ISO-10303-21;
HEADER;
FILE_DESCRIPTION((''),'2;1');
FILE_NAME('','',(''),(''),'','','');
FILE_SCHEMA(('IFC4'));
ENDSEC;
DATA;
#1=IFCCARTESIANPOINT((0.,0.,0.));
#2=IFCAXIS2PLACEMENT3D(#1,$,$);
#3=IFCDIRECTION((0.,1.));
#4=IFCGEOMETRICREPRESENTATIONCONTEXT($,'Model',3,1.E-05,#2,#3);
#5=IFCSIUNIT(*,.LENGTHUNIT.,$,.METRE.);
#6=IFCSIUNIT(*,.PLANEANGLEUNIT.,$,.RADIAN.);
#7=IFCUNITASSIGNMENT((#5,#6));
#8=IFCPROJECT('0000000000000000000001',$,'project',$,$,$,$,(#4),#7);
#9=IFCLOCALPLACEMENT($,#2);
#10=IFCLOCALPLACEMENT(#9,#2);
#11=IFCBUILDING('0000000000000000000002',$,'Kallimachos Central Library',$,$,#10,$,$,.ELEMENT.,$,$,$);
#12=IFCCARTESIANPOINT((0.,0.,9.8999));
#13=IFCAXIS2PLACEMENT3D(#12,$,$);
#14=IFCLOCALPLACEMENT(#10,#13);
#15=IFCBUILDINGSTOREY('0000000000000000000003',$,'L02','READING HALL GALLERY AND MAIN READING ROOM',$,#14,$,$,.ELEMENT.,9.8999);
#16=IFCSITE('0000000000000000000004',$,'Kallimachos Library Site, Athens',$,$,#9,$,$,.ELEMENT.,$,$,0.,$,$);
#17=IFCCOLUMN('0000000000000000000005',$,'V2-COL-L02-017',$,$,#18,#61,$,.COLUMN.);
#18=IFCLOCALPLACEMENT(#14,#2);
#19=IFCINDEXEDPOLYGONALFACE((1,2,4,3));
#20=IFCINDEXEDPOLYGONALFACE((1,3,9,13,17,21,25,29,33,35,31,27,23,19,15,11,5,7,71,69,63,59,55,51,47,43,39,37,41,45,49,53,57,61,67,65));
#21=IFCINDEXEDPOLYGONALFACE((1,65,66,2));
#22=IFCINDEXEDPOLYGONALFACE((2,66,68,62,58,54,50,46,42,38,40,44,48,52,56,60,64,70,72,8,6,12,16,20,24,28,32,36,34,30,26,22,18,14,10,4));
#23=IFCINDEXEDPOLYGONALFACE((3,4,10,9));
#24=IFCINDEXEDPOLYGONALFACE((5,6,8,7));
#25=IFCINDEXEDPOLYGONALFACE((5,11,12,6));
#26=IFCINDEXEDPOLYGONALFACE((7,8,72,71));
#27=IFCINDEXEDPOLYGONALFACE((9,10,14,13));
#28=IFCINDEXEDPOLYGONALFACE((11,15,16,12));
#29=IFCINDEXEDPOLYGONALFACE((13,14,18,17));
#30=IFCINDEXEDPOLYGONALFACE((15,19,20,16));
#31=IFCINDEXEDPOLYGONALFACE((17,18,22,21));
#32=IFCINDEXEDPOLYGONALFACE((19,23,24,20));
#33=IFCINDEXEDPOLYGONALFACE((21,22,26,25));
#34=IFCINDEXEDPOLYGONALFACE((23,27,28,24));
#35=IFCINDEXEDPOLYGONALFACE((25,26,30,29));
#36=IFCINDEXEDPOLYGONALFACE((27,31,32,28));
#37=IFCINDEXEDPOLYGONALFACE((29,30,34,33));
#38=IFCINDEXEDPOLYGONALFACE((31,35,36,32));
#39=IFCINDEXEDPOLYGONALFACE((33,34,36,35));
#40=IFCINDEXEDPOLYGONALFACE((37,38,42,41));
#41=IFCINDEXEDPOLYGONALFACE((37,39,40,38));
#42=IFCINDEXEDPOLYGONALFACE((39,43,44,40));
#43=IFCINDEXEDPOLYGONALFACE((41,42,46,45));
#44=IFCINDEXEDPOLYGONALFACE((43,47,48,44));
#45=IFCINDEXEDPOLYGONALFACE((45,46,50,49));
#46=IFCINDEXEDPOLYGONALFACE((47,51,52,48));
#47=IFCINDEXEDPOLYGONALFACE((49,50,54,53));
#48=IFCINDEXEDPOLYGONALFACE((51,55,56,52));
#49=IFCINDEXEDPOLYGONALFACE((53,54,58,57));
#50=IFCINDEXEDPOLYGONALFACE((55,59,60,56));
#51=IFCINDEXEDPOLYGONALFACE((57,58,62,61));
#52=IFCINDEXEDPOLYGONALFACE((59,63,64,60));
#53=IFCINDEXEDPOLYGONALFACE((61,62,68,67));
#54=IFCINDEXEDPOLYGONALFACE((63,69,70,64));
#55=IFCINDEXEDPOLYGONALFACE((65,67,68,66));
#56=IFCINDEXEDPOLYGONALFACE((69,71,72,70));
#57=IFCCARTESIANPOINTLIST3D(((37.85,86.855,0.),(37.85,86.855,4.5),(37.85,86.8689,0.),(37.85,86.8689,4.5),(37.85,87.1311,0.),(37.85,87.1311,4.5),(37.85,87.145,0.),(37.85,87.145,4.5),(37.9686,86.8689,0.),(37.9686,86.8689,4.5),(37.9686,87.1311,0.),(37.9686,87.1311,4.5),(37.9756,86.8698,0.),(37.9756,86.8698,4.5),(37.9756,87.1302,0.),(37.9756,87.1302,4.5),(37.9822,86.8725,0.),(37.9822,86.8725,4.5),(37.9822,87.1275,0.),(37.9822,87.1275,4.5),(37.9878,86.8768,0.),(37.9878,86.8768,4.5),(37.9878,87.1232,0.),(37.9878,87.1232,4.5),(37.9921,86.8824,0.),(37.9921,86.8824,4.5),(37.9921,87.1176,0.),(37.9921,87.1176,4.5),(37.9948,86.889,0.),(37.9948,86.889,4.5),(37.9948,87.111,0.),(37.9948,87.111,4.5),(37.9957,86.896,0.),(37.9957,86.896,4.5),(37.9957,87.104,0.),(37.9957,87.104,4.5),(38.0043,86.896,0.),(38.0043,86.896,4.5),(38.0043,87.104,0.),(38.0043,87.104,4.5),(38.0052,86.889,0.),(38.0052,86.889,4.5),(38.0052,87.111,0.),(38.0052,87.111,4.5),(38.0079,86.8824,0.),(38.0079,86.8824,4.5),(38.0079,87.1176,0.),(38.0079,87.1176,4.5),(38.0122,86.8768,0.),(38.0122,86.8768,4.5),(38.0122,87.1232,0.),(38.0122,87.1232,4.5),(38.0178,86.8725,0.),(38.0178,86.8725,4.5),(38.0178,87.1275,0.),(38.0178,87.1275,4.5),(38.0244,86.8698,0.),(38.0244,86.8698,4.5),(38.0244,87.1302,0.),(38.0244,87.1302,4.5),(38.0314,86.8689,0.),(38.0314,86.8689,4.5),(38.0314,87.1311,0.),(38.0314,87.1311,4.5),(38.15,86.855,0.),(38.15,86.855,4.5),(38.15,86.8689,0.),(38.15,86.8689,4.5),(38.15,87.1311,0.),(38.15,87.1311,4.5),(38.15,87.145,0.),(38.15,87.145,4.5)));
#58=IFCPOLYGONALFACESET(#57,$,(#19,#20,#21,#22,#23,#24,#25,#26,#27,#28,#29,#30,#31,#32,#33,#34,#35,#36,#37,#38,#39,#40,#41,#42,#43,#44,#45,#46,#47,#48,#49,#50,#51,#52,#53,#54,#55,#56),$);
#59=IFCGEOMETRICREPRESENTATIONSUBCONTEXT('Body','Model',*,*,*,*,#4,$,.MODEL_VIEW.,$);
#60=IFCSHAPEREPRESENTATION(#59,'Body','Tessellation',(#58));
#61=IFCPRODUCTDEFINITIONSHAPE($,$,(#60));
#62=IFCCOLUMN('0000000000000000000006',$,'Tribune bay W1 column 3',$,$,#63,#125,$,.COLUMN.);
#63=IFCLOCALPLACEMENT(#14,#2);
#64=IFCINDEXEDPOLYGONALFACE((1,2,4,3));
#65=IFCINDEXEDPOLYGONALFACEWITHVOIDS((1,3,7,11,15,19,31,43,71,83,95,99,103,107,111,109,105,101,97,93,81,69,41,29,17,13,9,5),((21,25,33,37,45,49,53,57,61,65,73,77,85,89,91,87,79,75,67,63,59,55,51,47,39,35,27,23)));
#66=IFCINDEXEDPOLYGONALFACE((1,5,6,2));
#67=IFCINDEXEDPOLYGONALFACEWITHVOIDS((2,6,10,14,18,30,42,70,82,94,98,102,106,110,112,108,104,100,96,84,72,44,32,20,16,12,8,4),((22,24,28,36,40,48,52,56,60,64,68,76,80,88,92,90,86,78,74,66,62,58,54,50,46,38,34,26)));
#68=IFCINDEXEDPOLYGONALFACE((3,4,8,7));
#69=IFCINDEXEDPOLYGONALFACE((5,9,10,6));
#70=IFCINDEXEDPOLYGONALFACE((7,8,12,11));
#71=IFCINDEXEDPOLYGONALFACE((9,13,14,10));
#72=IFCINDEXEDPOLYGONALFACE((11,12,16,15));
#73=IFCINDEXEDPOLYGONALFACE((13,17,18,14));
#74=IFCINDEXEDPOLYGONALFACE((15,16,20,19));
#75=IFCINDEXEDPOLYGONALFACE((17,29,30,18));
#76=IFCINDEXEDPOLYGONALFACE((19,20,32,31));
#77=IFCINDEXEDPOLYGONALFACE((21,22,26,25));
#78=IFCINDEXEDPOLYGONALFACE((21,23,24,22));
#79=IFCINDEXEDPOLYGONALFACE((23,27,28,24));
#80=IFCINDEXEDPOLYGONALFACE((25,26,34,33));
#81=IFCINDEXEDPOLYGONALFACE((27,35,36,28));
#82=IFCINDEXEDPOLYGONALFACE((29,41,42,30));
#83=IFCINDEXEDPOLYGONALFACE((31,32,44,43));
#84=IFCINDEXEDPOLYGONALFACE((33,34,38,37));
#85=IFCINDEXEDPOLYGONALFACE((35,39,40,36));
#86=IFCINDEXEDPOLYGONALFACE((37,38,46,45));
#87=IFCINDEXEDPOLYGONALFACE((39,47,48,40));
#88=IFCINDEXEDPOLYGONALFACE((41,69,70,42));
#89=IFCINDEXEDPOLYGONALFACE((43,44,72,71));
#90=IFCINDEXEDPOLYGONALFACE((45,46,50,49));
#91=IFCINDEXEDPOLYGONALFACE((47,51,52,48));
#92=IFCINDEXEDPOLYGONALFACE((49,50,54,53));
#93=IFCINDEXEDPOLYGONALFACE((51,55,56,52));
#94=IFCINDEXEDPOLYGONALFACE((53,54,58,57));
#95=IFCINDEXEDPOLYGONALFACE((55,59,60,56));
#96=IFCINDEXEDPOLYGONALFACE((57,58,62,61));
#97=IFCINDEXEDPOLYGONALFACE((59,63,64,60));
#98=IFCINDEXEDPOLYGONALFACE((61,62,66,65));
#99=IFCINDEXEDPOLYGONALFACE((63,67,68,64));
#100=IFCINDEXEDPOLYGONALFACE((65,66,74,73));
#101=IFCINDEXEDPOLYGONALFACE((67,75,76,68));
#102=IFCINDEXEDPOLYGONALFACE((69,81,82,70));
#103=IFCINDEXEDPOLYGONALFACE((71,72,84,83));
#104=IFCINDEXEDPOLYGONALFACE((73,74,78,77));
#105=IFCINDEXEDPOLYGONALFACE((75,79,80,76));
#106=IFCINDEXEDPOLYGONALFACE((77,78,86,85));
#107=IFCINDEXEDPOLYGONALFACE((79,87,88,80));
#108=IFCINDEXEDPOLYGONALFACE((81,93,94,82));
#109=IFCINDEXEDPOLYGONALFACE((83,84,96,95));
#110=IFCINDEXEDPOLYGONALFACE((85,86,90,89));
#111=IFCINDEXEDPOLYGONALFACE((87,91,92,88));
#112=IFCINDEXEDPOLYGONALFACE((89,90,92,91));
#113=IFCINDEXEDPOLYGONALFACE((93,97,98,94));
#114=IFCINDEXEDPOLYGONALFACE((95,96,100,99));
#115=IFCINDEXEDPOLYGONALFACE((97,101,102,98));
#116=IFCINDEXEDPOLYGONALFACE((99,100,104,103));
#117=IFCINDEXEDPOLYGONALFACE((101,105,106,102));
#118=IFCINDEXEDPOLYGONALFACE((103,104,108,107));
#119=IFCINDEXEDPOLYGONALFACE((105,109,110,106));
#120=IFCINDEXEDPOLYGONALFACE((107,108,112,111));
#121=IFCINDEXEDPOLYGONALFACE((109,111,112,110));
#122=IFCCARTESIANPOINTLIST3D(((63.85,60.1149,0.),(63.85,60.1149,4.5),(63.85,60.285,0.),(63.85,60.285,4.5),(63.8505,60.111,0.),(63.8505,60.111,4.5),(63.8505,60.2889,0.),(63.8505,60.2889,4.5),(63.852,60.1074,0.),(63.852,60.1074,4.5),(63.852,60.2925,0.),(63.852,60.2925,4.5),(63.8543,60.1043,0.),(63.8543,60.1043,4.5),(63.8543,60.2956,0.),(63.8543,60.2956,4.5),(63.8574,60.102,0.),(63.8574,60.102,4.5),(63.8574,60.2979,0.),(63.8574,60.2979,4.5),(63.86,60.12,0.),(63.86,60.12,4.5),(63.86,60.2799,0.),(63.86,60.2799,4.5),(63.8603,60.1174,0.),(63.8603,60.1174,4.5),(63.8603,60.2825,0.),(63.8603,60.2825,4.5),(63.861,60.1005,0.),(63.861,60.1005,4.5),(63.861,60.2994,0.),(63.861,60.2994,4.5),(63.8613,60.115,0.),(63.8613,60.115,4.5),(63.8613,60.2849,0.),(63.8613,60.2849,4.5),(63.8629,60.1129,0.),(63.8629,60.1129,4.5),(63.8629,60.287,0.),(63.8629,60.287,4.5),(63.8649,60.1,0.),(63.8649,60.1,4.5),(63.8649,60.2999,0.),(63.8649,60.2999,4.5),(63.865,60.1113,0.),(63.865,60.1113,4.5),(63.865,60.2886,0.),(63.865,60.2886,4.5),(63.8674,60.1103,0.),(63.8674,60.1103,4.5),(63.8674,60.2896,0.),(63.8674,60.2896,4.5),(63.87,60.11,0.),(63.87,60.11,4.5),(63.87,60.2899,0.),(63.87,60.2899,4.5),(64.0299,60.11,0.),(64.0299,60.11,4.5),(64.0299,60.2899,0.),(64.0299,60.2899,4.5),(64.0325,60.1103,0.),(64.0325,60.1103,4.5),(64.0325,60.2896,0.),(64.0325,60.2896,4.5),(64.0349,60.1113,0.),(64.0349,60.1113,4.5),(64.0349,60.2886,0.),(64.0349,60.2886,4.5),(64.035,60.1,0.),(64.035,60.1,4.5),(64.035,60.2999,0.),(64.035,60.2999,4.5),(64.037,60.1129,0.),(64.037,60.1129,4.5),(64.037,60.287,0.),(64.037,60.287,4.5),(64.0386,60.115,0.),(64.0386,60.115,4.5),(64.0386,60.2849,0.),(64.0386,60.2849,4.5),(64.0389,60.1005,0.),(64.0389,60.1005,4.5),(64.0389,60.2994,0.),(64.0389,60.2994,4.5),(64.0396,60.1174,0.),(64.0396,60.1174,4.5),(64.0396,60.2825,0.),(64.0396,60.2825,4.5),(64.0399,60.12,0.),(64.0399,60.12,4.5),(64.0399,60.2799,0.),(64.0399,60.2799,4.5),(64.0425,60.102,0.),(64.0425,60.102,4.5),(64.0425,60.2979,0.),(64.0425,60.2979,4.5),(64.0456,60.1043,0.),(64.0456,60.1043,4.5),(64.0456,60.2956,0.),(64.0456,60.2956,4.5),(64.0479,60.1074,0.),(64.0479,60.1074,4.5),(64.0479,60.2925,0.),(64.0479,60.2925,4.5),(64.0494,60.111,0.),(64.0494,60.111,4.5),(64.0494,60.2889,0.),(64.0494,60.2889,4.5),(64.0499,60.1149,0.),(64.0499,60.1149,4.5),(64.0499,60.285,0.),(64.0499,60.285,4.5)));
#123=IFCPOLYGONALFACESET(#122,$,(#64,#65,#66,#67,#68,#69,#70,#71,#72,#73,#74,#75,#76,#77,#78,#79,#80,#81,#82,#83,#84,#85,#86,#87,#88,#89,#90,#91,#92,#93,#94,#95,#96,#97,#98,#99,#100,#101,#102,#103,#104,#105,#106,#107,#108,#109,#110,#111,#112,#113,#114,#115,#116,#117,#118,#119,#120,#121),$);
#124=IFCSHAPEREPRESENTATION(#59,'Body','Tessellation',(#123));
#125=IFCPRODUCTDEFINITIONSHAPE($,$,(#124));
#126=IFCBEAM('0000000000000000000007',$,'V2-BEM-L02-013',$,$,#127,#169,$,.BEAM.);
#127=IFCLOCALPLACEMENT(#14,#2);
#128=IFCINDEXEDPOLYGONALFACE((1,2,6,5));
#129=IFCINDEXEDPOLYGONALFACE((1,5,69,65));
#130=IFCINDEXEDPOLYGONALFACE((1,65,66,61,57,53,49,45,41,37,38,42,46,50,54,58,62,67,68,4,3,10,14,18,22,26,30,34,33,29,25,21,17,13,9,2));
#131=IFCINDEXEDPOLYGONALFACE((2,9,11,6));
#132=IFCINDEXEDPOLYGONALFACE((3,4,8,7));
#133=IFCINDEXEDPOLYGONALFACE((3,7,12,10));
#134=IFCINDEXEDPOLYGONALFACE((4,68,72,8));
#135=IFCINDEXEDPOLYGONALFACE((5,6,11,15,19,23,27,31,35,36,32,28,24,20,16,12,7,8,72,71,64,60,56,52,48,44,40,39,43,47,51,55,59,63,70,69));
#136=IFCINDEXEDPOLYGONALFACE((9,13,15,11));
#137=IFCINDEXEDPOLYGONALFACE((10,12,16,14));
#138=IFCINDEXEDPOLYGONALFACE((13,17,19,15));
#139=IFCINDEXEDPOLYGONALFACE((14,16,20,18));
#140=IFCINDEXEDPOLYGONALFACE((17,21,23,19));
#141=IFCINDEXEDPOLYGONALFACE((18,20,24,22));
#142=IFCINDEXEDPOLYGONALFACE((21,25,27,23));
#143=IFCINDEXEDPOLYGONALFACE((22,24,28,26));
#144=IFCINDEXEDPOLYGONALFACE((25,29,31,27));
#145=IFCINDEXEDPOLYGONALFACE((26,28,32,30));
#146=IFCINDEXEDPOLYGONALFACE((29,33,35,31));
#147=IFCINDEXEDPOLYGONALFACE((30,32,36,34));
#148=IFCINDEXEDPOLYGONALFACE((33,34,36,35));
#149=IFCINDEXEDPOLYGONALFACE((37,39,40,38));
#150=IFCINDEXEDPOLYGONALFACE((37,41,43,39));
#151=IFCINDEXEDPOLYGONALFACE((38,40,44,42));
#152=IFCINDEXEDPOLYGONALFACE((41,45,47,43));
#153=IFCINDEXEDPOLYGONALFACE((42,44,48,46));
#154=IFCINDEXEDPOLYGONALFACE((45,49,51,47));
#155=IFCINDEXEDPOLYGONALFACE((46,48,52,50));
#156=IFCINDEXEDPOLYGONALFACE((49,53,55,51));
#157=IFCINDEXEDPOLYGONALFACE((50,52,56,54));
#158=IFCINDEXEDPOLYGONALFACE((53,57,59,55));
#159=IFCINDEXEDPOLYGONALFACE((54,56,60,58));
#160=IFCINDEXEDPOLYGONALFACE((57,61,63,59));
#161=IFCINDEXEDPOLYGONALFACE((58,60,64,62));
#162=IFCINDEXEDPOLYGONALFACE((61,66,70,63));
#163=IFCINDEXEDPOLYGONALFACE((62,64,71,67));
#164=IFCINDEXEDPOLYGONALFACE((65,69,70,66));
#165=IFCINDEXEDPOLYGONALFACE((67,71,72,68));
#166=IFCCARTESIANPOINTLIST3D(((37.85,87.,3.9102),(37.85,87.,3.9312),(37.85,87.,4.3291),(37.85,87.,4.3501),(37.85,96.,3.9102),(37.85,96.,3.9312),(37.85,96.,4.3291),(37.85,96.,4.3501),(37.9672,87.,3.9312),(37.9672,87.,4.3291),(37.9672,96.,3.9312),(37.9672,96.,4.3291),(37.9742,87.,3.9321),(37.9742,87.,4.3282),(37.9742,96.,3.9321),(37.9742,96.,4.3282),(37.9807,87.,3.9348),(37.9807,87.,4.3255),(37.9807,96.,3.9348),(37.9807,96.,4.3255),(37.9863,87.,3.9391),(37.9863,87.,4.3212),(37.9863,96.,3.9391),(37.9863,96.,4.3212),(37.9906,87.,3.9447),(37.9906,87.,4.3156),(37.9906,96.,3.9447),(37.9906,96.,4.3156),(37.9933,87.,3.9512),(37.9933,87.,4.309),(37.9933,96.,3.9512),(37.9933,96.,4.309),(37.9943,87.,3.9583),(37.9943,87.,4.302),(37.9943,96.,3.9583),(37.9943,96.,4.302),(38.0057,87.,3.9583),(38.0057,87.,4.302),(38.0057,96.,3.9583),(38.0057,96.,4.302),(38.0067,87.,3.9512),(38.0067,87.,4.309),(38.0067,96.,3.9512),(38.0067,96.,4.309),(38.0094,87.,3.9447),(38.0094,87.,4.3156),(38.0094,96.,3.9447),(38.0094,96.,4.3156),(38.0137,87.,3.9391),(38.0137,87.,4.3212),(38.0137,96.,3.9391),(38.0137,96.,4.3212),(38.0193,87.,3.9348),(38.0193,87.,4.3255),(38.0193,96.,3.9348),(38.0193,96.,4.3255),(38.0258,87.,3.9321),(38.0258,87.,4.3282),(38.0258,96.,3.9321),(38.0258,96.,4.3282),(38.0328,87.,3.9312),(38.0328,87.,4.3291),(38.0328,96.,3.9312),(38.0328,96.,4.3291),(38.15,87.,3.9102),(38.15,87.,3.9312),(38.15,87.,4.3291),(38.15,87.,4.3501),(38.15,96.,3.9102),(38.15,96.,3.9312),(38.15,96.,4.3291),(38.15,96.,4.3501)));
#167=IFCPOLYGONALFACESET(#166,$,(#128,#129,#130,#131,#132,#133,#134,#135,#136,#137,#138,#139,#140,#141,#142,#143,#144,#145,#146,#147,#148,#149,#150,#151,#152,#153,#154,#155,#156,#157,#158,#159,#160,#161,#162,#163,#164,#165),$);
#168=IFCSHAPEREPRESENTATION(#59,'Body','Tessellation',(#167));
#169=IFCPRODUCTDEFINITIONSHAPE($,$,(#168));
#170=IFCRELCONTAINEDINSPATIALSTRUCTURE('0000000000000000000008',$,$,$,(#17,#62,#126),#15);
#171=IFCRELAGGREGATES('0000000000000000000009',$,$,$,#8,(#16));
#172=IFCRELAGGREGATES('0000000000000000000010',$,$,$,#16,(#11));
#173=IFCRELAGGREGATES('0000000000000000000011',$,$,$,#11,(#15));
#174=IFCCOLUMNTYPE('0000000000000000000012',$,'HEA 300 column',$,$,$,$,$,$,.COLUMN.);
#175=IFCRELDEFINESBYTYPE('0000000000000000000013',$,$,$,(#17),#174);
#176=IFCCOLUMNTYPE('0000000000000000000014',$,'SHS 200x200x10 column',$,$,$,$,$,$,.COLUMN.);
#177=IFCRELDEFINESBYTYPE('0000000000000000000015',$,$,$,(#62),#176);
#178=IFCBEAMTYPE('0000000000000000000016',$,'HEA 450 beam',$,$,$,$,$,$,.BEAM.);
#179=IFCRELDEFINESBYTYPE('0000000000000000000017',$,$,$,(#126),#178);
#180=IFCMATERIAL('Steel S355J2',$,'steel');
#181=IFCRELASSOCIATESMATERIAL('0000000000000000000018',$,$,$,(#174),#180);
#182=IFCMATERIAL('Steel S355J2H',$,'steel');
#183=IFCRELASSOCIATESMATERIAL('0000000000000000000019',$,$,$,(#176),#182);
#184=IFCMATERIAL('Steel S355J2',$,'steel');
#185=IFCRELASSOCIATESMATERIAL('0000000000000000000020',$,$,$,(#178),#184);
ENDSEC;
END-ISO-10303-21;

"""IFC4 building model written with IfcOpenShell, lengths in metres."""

from ifc_helpers import new_model, si_unit, direction, frame, origin, origin_2d, place, context, subcontext, project, spatial, hollow_rectangle, i_section, extrude, material, material_profile, profile_set, type_object, element, save


model = new_model("IFC4")

# Units and contexts
model_context = context("Model", 3, precision=1e-05, world=origin(), true_north=direction((0.0, 1.0)))
body_context = subcontext(model_context, "Body", "Model", "MODEL_VIEW")
ifc_project = project(units=[si_unit("LENGTHUNIT", "METRE"), si_unit("PLANEANGLEUNIT", "RADIAN")], contexts=[model_context])

# Site, building, storey
site_placement = place(None, origin())
site = spatial("IfcSite", under=ifc_project, at=site_placement, Name="Kallimachos Library Site, Athens", CompositionType="ELEMENT", RefElevation=0.0)
building_placement = place(site_placement, origin())
building = spatial("IfcBuilding", under=site, at=building_placement, Name="Kallimachos Central Library", CompositionType="ELEMENT")
storey_placement = place(building_placement, frame((0.0, 0.0, 9.8999)))
storey = spatial("IfcBuildingStorey", under=building, at=storey_placement, Name="L02", Description="READING HALL GALLERY AND MAIN READING ROOM", CompositionType="ELEMENT", Elevation=9.8999)

# Columns
ifc_material_1 = material(Name="Steel S355J2", Category="steel")
ifc_material_profile_1 = material_profile(ifc_material_1, i_section(OverallWidth=0.3, OverallDepth=0.29, WebThickness=0.0085, FlangeThickness=0.0139, FilletRadius=0.0271, at=origin_2d()), Name="HEA 300")
ifc_profile_set_1 = profile_set([ifc_material_profile_1], Name="Steel S355J2")
column_type_1 = type_object("IfcColumnType", Name="HEA 300 column", PredefinedType="COLUMN", material=ifc_profile_set_1)
column_1_placement = place(storey_placement, frame((38.0, 87.0, 0.0), z_axis=(0.0, 0.0, 1.0), x_axis=(1.0, 0.0, 0.0)))
element("IfcColumn", 1, at=column_1_placement, inside=storey, type_object=column_type_1, Name="V2-COL-L02-017", PredefinedType="COLUMN", context=body_context, shape_type="SweptSolid", body=[
    extrude(i_section(OverallWidth=0.3, OverallDepth=0.29, WebThickness=0.0085, FlangeThickness=0.0139, FilletRadius=0.0271, at=origin_2d()), origin(), (0.0, 0.0, 1.0), 4.5),
])
ifc_material_2 = material(Name="Steel S355J2H", Category="steel")
ifc_material_profile_2 = material_profile(ifc_material_2, hollow_rectangle(XDim=0.2, YDim=0.2, WallThickness=0.01, InnerFilletRadius=0.01, OuterFilletRadius=0.0149, at=origin_2d()), Name="SHS 200x200x10")
ifc_profile_set_2 = profile_set([ifc_material_profile_2], Name="Steel S355J2H")
column_type_2 = type_object("IfcColumnType", Name="SHS 200x200x10 column", PredefinedType="COLUMN", material=ifc_profile_set_2)
column_2_placement = place(storey_placement, frame((63.95, 60.2, 0.0), z_axis=(0.0, 0.0, 1.0), x_axis=(1.0, 0.0, 0.0)))
element("IfcColumn", 2, at=column_2_placement, inside=storey, type_object=column_type_2, Name="Tribune bay W1 column 3", PredefinedType="COLUMN", context=body_context, shape_type="SweptSolid", body=[
    extrude(hollow_rectangle(XDim=0.2, YDim=0.2, WallThickness=0.01, InnerFilletRadius=0.01, OuterFilletRadius=0.0149, at=origin_2d()), origin(), (0.0, 0.0, 1.0), 4.5),
])

# Beam
ifc_material_3 = material(Name="Steel S355J2", Category="steel")
ifc_material_profile_3 = material_profile(ifc_material_3, i_section(OverallWidth=0.3, OverallDepth=0.4399, WebThickness=0.0115, FlangeThickness=0.021, FilletRadius=0.0271, at=origin_2d()), Name="HEA 450")
ifc_profile_set_3 = profile_set([ifc_material_profile_3], Name="Steel S355J2")
beam_type_1 = type_object("IfcBeamType", Name="HEA 450 beam", PredefinedType="BEAM", material=ifc_profile_set_3)
beam_1_placement = place(storey_placement, frame((38.0, 87.0, 4.1301), z_axis=(0.0, 1.0, 0.0), x_axis=(-1.0, 0.0, 0.0)))
element("IfcBeam", 3, at=beam_1_placement, inside=storey, type_object=beam_type_1, Name="V2-BEM-L02-013", PredefinedType="BEAM", context=body_context, shape_type="SweptSolid", body=[
    extrude(i_section(OverallWidth=0.3, OverallDepth=0.4399, WebThickness=0.0115, FlangeThickness=0.021, FilletRadius=0.0271, at=origin_2d()), origin(), (0.0, 0.0, 1.0), 9.0),
])

save(model, "model.ifc")
